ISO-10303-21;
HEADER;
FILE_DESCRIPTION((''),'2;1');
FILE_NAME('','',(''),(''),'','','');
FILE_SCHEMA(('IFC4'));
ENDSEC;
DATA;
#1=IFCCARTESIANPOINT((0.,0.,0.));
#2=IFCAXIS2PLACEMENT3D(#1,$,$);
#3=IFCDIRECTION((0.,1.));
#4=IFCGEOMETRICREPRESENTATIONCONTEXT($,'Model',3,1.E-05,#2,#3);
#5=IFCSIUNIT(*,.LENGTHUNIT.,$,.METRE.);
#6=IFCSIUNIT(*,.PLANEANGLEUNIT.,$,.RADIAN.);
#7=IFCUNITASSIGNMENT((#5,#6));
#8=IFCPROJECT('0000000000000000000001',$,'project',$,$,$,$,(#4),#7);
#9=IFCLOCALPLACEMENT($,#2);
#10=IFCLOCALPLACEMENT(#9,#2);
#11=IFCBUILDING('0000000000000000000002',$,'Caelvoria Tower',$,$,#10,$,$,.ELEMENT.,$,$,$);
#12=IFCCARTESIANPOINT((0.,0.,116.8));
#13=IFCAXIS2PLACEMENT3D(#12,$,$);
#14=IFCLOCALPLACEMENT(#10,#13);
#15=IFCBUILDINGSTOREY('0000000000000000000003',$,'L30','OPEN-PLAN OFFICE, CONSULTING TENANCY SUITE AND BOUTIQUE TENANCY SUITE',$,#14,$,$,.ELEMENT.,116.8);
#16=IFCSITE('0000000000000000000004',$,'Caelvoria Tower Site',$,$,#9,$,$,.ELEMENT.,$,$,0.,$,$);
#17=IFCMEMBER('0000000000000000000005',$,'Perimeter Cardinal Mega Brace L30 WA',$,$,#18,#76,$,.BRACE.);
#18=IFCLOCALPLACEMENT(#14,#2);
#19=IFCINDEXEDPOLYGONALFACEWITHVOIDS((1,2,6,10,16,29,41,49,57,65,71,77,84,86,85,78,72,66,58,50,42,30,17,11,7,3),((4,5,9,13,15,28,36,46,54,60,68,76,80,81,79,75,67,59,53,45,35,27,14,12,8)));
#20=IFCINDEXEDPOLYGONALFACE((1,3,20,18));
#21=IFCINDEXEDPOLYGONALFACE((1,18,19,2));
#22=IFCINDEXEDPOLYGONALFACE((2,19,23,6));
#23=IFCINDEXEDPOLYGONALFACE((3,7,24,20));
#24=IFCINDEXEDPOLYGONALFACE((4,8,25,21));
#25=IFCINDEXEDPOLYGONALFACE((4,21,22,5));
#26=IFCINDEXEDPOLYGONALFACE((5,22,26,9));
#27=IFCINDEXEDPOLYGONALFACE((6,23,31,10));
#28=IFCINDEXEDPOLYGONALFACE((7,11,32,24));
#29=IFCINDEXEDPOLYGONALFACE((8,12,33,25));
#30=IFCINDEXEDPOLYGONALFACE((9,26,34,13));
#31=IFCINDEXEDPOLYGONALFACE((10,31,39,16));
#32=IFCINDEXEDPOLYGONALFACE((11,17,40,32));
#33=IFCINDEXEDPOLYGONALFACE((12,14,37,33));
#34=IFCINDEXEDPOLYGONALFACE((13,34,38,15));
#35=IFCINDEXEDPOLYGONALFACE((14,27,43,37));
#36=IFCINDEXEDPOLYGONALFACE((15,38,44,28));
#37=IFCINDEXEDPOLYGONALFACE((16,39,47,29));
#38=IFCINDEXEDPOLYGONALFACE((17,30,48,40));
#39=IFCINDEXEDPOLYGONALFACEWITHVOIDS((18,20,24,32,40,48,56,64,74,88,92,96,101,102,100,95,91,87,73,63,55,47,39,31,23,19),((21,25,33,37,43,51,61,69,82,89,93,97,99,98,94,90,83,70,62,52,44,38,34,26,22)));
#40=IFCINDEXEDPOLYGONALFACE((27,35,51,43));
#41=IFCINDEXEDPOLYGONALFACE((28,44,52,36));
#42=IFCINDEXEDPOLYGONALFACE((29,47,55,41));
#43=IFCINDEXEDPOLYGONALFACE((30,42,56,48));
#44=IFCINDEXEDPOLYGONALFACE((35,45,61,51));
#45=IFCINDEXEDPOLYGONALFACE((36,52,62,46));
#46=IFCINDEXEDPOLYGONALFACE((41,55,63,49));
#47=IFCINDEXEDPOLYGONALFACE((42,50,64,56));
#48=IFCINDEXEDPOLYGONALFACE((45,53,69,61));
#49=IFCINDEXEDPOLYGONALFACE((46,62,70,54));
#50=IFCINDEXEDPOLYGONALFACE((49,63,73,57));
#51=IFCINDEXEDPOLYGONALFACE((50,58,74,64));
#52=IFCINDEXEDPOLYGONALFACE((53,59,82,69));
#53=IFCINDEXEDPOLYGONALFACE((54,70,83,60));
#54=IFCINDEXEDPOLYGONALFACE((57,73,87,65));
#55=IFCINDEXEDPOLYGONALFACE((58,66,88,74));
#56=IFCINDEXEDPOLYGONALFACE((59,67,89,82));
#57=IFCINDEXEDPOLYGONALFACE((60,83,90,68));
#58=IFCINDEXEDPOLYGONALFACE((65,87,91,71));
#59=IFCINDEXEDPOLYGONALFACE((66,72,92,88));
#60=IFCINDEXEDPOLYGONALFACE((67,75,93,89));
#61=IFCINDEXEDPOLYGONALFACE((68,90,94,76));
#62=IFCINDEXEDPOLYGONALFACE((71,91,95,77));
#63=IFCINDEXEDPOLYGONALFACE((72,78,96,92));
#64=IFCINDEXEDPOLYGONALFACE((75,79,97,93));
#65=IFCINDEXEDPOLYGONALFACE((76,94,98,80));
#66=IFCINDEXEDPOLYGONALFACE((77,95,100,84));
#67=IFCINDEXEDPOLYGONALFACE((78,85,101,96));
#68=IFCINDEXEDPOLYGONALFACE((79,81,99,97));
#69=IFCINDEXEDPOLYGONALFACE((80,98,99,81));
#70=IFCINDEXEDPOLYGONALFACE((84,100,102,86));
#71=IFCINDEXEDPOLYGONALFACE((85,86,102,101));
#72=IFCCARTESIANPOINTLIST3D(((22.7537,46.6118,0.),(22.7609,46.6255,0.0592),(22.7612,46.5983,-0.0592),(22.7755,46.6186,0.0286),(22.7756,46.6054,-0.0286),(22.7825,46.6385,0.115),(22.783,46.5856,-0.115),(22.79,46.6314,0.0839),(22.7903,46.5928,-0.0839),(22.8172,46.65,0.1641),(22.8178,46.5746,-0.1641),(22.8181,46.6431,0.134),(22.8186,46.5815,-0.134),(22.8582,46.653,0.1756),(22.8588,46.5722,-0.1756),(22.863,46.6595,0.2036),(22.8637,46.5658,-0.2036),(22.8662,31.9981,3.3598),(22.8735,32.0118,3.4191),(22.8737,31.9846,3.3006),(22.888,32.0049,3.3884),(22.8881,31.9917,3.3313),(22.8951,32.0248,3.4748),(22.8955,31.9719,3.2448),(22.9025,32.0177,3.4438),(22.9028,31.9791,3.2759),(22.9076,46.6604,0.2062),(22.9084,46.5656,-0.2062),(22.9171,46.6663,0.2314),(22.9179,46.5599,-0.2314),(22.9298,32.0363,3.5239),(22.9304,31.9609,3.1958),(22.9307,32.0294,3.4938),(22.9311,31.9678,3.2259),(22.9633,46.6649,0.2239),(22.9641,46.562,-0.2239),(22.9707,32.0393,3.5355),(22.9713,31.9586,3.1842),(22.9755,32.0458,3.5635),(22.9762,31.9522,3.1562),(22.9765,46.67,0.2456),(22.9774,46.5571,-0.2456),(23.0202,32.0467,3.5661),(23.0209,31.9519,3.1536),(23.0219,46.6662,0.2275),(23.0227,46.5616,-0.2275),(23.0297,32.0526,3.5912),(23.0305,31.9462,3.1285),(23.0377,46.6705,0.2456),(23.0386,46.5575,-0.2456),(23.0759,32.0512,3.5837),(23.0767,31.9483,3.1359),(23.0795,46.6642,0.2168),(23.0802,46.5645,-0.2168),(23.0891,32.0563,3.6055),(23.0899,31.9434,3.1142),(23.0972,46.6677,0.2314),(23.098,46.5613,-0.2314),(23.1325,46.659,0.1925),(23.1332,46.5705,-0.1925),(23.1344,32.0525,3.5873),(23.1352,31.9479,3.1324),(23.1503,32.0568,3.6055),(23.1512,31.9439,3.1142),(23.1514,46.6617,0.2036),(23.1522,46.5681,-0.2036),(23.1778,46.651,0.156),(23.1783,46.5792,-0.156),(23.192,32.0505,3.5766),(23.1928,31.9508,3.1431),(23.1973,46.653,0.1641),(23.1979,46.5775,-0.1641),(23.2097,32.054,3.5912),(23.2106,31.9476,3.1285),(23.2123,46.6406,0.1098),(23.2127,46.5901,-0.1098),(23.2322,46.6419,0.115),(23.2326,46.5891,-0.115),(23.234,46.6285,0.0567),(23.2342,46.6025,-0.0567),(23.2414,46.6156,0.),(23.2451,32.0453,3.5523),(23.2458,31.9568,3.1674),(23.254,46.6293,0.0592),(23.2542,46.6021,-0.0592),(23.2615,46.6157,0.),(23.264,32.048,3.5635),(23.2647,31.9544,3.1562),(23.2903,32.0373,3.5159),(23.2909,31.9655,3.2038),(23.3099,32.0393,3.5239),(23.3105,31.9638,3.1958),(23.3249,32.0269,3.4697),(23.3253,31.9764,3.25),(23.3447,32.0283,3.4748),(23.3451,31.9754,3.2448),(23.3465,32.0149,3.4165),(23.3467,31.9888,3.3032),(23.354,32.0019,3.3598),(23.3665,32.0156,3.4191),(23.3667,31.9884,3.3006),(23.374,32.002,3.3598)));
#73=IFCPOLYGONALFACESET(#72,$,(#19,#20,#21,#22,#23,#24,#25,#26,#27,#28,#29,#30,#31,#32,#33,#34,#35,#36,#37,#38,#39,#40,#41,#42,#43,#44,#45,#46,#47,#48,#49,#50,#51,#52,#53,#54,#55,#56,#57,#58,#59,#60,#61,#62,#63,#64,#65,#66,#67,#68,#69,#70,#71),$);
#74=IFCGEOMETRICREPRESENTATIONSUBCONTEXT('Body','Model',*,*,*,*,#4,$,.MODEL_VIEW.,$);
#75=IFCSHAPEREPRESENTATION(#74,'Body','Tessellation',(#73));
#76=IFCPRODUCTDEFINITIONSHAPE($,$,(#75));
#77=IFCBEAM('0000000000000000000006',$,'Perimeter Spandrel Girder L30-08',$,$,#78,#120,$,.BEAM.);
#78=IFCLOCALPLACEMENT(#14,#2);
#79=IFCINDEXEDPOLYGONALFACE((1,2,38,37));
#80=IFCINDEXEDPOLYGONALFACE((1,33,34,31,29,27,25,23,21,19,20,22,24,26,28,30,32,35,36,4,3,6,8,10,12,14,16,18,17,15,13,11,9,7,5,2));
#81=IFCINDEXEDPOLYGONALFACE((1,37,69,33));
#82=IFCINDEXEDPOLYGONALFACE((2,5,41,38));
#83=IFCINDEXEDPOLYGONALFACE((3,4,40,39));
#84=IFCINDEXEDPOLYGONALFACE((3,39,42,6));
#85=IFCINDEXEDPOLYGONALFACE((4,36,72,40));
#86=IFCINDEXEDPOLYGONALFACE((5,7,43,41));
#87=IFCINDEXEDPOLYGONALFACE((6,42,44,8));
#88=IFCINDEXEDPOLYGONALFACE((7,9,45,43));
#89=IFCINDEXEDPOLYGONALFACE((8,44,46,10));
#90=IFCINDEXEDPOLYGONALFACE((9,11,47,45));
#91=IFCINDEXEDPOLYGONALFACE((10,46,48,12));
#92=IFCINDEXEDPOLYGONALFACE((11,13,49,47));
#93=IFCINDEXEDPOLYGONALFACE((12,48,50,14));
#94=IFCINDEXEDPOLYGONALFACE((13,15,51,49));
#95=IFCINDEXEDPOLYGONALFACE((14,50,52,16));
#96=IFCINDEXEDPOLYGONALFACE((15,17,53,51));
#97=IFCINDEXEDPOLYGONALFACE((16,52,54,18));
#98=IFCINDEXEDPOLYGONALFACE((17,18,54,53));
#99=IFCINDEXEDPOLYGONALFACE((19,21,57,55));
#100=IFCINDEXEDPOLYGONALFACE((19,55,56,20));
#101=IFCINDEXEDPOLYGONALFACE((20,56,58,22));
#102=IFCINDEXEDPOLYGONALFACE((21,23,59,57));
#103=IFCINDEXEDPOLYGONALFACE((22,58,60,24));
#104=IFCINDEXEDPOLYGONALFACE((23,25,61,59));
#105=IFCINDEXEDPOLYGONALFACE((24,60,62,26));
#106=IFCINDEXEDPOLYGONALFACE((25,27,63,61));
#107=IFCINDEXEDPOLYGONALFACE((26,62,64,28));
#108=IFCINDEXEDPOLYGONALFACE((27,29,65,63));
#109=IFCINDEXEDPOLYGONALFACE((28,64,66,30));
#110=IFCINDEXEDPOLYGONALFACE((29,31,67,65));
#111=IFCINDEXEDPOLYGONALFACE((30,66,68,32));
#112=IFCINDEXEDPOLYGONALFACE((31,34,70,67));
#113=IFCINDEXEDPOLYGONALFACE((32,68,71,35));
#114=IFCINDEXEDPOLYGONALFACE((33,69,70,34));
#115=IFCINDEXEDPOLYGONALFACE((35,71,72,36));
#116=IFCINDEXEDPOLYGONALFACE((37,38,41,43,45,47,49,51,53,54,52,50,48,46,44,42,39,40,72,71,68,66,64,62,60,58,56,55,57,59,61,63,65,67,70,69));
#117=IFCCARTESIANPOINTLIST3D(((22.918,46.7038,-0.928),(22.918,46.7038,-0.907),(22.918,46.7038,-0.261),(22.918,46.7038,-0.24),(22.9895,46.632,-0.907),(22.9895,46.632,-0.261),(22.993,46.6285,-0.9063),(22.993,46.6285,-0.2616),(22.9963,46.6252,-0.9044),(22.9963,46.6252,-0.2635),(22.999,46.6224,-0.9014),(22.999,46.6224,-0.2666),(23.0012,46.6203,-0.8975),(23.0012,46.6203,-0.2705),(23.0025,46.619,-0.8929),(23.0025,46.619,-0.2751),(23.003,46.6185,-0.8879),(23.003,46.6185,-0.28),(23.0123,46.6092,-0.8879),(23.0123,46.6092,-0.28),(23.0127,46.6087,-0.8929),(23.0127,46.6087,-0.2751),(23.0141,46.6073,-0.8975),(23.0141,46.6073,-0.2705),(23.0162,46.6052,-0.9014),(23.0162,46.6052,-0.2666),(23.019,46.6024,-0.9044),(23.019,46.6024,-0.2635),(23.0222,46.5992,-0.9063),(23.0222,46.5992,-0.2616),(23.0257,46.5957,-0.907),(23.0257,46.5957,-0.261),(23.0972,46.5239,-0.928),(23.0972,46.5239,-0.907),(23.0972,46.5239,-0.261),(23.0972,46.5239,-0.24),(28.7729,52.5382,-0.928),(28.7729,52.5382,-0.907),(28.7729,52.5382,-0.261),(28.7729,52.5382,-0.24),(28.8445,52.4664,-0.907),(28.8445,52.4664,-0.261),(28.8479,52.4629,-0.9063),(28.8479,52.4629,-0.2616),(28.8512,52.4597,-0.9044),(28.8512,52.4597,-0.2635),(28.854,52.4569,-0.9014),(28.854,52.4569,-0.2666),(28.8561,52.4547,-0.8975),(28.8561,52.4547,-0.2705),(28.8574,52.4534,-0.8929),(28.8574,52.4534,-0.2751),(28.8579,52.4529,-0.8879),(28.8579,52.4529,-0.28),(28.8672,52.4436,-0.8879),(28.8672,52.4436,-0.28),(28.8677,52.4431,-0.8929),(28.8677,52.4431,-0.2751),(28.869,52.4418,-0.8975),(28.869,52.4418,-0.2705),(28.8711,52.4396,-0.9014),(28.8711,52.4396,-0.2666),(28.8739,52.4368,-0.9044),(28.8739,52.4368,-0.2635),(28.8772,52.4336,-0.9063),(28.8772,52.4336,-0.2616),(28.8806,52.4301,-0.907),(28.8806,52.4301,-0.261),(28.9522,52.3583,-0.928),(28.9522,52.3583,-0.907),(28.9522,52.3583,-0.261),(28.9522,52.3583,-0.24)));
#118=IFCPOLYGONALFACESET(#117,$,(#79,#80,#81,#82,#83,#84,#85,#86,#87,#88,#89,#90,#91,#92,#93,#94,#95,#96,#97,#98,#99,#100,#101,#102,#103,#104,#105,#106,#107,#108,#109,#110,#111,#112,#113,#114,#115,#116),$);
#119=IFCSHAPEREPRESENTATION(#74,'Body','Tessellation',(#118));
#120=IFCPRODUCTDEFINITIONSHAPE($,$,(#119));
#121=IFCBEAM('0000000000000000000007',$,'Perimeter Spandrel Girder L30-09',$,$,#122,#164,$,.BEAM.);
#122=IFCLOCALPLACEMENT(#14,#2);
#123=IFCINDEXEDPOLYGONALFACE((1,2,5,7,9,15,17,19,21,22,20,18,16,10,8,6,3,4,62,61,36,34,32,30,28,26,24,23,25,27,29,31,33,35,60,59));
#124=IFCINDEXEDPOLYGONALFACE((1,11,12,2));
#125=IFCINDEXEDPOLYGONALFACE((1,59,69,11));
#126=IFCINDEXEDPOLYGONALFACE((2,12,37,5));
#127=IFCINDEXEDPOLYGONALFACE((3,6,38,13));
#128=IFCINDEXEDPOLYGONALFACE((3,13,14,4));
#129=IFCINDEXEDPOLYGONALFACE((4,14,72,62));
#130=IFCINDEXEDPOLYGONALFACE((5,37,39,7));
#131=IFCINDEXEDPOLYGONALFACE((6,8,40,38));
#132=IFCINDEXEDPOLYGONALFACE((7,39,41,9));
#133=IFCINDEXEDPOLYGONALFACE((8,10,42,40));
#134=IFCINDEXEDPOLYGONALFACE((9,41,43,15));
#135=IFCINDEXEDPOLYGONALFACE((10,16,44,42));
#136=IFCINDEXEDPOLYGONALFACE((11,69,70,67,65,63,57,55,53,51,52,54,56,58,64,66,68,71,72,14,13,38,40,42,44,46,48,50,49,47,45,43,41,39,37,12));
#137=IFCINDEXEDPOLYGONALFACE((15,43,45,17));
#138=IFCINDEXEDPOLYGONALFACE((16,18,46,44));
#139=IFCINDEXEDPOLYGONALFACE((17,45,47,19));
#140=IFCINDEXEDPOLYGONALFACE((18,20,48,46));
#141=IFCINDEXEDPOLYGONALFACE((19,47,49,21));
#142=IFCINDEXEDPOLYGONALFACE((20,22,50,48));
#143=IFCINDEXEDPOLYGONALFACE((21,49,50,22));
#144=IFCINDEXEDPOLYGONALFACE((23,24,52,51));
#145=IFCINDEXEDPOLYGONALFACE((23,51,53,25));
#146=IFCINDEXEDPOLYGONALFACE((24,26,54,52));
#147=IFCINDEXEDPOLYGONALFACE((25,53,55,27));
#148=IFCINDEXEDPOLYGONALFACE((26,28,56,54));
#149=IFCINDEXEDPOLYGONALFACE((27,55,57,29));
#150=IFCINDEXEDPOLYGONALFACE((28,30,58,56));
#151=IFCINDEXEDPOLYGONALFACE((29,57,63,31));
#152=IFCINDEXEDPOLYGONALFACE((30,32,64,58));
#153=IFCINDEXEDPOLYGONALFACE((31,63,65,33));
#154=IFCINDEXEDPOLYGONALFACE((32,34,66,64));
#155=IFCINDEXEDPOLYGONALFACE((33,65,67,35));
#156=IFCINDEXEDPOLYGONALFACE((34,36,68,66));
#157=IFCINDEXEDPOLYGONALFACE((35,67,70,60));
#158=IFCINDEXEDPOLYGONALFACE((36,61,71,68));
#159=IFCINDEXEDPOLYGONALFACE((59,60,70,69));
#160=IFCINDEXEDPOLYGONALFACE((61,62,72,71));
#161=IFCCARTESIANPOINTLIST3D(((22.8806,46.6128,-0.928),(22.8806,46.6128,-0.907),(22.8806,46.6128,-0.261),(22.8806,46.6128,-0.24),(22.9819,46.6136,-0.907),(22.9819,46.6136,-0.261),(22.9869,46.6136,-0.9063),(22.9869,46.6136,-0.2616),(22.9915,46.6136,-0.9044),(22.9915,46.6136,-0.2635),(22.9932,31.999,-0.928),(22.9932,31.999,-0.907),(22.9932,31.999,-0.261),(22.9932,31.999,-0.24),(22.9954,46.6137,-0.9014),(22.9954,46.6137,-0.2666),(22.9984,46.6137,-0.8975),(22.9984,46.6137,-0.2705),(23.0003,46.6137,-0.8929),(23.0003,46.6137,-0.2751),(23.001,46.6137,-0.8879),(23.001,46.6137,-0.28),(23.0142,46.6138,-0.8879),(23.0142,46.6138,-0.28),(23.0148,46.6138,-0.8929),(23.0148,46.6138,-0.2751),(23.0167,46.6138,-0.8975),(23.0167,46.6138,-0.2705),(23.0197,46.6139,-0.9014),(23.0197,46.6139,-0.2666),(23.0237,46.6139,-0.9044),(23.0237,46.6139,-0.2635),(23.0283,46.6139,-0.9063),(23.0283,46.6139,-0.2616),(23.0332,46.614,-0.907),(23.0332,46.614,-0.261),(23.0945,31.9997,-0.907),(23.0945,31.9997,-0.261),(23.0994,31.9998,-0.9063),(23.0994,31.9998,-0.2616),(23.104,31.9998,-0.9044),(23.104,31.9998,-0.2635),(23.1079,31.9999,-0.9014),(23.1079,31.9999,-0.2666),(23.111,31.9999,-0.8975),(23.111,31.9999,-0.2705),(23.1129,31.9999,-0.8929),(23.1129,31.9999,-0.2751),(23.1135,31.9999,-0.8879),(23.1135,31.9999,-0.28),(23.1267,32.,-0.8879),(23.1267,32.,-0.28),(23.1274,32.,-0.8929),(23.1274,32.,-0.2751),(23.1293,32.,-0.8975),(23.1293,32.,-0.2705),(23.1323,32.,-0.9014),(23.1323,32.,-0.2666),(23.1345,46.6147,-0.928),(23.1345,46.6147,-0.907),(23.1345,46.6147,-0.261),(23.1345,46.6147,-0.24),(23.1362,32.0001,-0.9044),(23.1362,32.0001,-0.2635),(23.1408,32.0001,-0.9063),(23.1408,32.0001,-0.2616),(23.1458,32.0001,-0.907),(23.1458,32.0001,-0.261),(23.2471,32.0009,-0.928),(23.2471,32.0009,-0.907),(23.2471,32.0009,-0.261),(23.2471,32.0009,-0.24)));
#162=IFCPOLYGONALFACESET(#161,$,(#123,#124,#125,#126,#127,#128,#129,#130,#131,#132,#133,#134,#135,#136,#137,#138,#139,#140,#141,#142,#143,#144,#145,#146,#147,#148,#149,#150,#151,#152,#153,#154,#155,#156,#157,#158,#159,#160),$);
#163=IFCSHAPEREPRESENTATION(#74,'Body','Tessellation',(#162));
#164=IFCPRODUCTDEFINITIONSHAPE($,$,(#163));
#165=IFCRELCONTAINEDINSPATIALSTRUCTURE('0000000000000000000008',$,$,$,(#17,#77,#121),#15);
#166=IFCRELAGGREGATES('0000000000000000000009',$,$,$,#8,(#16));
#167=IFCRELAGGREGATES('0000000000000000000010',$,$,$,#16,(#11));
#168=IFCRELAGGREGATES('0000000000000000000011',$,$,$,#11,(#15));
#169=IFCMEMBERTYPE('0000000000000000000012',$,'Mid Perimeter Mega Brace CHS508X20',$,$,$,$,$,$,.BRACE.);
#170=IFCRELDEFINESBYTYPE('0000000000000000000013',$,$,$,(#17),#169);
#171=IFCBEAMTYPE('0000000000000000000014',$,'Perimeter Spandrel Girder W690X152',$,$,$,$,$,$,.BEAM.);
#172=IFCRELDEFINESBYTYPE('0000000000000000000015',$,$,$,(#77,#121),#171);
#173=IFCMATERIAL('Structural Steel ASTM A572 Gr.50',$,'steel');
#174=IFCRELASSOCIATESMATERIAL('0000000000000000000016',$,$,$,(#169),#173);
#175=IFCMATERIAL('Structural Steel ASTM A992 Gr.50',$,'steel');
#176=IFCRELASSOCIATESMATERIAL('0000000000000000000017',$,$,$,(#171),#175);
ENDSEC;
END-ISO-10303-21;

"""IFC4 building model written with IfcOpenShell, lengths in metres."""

from ifc_helpers import new_model, si_unit, direction, frame, origin, origin_2d, place, context, subcontext, project, spatial, hollow_circle, i_section, extrude, material, material_profile, profile_set, type_object, element, save


model = new_model("IFC4")

# Units and contexts
model_context = context("Model", 3, precision=1e-05, world=origin(), true_north=direction((0.0, 1.0)))
body_context = subcontext(model_context, "Body", "Model", "MODEL_VIEW")
ifc_project = project(units=[si_unit("LENGTHUNIT", "METRE"), si_unit("PLANEANGLEUNIT", "RADIAN")], contexts=[model_context])

# Site, building, storey
site_placement = place(None, origin())
site = spatial("IfcSite", under=ifc_project, at=site_placement, Name="Caelvoria Tower Site", CompositionType="ELEMENT", RefElevation=0.0)
building_placement = place(site_placement, origin())
building = spatial("IfcBuilding", under=site, at=building_placement, Name="Caelvoria Tower", CompositionType="ELEMENT")
storey_placement = place(building_placement, frame((0.0, 0.0, 116.8)))
storey = spatial("IfcBuildingStorey", under=building, at=storey_placement, Name="L30", Description="OPEN-PLAN OFFICE, CONSULTING TENANCY SUITE AND BOUTIQUE TENANCY SUITE", CompositionType="ELEMENT", Elevation=116.8)

# Shared definitions
ifc_material_1 = material(Name="Structural Steel ASTM A572 Gr.50", Category="steel")

# Member
ifc_material_profile_1 = material_profile(ifc_material_1, hollow_circle(Radius=0.2539, WallThickness=0.02, at=origin_2d()), Name="Structural Steel ASTM A572 Gr.50")
ifc_profile_set_1 = profile_set([ifc_material_profile_1], Name="CHS508X20 - Structural Steel ASTM A572 Gr.50")
member_type = type_object("IfcMemberType", Name="Mid Perimeter Mega Brace CHS508X20", PredefinedType="BRACE", material=ifc_profile_set_1)
member_1_placement = place(storey_placement, frame((23.0076, 46.6138, 0.0), z_axis=(0.007506, -0.974547, 0.224059), x_axis=(0.99997, 0.007701, 0.0)))
element("IfcMember", 1, at=member_1_placement, inside=storey, type_object=member_type, Name="Perimeter Cardinal Mega Brace L30 WA", PredefinedType="BRACE", context=body_context, shape_type="SweptSolid", body=[
    extrude(hollow_circle(Radius=0.2539, WallThickness=0.02, at=origin_2d()), origin(), (0.0, 0.0, 1.0), 14.9954),
])

# Beams
ifc_material_2 = material(Name="Structural Steel ASTM A992 Gr.50", Category="steel")
ifc_material_profile_2 = material_profile(ifc_material_2, i_section(OverallWidth=0.2539, OverallDepth=0.688, WebThickness=0.0132, FlangeThickness=0.021, FilletRadius=0.019, at=origin_2d()), Name="Structural Steel ASTM A992 Gr.50")
ifc_profile_set_2 = profile_set([ifc_material_profile_2], Name="W690X152 - Structural Steel ASTM A992 Gr.50")
beam_type_1 = type_object("IfcBeamType", Name="Perimeter Spandrel Girder W690X152", PredefinedType="BEAM", material=ifc_profile_set_2)
beam_1_placement = place(storey_placement, frame((28.8625, 52.4482, -0.584), z_axis=(-0.708346, -0.705865, 0.0), x_axis=(0.705865, -0.708346, 0.0)))
element("IfcBeam", 2, at=beam_1_placement, inside=storey, type_object=beam_type_1, Name="Perimeter Spandrel Girder L30-08", PredefinedType="BEAM", context=body_context, shape_type="SweptSolid", body=[
    extrude(i_section(OverallWidth=0.2539, OverallDepth=0.688, WebThickness=0.0132, FlangeThickness=0.021, FilletRadius=0.019, at=origin_2d()), origin(), (0.0, 0.0, 1.0), 8.2656),
])
beam_2_placement = place(storey_placement, frame((23.0076, 46.6138, -0.584), z_axis=(0.007701, -0.99997, 0.0), x_axis=(0.99997, 0.007701, 0.0)))
element("IfcBeam", 3, at=beam_2_placement, inside=storey, type_object=beam_type_1, Name="Perimeter Spandrel Girder L30-09", PredefinedType="BEAM", context=body_context, shape_type="SweptSolid", body=[
    extrude(i_section(OverallWidth=0.2539, OverallDepth=0.688, WebThickness=0.0132, FlangeThickness=0.021, FilletRadius=0.019, at=origin_2d()), origin(), (0.0, 0.0, 1.0), 14.6143),
])

save(model, "model.ifc")
